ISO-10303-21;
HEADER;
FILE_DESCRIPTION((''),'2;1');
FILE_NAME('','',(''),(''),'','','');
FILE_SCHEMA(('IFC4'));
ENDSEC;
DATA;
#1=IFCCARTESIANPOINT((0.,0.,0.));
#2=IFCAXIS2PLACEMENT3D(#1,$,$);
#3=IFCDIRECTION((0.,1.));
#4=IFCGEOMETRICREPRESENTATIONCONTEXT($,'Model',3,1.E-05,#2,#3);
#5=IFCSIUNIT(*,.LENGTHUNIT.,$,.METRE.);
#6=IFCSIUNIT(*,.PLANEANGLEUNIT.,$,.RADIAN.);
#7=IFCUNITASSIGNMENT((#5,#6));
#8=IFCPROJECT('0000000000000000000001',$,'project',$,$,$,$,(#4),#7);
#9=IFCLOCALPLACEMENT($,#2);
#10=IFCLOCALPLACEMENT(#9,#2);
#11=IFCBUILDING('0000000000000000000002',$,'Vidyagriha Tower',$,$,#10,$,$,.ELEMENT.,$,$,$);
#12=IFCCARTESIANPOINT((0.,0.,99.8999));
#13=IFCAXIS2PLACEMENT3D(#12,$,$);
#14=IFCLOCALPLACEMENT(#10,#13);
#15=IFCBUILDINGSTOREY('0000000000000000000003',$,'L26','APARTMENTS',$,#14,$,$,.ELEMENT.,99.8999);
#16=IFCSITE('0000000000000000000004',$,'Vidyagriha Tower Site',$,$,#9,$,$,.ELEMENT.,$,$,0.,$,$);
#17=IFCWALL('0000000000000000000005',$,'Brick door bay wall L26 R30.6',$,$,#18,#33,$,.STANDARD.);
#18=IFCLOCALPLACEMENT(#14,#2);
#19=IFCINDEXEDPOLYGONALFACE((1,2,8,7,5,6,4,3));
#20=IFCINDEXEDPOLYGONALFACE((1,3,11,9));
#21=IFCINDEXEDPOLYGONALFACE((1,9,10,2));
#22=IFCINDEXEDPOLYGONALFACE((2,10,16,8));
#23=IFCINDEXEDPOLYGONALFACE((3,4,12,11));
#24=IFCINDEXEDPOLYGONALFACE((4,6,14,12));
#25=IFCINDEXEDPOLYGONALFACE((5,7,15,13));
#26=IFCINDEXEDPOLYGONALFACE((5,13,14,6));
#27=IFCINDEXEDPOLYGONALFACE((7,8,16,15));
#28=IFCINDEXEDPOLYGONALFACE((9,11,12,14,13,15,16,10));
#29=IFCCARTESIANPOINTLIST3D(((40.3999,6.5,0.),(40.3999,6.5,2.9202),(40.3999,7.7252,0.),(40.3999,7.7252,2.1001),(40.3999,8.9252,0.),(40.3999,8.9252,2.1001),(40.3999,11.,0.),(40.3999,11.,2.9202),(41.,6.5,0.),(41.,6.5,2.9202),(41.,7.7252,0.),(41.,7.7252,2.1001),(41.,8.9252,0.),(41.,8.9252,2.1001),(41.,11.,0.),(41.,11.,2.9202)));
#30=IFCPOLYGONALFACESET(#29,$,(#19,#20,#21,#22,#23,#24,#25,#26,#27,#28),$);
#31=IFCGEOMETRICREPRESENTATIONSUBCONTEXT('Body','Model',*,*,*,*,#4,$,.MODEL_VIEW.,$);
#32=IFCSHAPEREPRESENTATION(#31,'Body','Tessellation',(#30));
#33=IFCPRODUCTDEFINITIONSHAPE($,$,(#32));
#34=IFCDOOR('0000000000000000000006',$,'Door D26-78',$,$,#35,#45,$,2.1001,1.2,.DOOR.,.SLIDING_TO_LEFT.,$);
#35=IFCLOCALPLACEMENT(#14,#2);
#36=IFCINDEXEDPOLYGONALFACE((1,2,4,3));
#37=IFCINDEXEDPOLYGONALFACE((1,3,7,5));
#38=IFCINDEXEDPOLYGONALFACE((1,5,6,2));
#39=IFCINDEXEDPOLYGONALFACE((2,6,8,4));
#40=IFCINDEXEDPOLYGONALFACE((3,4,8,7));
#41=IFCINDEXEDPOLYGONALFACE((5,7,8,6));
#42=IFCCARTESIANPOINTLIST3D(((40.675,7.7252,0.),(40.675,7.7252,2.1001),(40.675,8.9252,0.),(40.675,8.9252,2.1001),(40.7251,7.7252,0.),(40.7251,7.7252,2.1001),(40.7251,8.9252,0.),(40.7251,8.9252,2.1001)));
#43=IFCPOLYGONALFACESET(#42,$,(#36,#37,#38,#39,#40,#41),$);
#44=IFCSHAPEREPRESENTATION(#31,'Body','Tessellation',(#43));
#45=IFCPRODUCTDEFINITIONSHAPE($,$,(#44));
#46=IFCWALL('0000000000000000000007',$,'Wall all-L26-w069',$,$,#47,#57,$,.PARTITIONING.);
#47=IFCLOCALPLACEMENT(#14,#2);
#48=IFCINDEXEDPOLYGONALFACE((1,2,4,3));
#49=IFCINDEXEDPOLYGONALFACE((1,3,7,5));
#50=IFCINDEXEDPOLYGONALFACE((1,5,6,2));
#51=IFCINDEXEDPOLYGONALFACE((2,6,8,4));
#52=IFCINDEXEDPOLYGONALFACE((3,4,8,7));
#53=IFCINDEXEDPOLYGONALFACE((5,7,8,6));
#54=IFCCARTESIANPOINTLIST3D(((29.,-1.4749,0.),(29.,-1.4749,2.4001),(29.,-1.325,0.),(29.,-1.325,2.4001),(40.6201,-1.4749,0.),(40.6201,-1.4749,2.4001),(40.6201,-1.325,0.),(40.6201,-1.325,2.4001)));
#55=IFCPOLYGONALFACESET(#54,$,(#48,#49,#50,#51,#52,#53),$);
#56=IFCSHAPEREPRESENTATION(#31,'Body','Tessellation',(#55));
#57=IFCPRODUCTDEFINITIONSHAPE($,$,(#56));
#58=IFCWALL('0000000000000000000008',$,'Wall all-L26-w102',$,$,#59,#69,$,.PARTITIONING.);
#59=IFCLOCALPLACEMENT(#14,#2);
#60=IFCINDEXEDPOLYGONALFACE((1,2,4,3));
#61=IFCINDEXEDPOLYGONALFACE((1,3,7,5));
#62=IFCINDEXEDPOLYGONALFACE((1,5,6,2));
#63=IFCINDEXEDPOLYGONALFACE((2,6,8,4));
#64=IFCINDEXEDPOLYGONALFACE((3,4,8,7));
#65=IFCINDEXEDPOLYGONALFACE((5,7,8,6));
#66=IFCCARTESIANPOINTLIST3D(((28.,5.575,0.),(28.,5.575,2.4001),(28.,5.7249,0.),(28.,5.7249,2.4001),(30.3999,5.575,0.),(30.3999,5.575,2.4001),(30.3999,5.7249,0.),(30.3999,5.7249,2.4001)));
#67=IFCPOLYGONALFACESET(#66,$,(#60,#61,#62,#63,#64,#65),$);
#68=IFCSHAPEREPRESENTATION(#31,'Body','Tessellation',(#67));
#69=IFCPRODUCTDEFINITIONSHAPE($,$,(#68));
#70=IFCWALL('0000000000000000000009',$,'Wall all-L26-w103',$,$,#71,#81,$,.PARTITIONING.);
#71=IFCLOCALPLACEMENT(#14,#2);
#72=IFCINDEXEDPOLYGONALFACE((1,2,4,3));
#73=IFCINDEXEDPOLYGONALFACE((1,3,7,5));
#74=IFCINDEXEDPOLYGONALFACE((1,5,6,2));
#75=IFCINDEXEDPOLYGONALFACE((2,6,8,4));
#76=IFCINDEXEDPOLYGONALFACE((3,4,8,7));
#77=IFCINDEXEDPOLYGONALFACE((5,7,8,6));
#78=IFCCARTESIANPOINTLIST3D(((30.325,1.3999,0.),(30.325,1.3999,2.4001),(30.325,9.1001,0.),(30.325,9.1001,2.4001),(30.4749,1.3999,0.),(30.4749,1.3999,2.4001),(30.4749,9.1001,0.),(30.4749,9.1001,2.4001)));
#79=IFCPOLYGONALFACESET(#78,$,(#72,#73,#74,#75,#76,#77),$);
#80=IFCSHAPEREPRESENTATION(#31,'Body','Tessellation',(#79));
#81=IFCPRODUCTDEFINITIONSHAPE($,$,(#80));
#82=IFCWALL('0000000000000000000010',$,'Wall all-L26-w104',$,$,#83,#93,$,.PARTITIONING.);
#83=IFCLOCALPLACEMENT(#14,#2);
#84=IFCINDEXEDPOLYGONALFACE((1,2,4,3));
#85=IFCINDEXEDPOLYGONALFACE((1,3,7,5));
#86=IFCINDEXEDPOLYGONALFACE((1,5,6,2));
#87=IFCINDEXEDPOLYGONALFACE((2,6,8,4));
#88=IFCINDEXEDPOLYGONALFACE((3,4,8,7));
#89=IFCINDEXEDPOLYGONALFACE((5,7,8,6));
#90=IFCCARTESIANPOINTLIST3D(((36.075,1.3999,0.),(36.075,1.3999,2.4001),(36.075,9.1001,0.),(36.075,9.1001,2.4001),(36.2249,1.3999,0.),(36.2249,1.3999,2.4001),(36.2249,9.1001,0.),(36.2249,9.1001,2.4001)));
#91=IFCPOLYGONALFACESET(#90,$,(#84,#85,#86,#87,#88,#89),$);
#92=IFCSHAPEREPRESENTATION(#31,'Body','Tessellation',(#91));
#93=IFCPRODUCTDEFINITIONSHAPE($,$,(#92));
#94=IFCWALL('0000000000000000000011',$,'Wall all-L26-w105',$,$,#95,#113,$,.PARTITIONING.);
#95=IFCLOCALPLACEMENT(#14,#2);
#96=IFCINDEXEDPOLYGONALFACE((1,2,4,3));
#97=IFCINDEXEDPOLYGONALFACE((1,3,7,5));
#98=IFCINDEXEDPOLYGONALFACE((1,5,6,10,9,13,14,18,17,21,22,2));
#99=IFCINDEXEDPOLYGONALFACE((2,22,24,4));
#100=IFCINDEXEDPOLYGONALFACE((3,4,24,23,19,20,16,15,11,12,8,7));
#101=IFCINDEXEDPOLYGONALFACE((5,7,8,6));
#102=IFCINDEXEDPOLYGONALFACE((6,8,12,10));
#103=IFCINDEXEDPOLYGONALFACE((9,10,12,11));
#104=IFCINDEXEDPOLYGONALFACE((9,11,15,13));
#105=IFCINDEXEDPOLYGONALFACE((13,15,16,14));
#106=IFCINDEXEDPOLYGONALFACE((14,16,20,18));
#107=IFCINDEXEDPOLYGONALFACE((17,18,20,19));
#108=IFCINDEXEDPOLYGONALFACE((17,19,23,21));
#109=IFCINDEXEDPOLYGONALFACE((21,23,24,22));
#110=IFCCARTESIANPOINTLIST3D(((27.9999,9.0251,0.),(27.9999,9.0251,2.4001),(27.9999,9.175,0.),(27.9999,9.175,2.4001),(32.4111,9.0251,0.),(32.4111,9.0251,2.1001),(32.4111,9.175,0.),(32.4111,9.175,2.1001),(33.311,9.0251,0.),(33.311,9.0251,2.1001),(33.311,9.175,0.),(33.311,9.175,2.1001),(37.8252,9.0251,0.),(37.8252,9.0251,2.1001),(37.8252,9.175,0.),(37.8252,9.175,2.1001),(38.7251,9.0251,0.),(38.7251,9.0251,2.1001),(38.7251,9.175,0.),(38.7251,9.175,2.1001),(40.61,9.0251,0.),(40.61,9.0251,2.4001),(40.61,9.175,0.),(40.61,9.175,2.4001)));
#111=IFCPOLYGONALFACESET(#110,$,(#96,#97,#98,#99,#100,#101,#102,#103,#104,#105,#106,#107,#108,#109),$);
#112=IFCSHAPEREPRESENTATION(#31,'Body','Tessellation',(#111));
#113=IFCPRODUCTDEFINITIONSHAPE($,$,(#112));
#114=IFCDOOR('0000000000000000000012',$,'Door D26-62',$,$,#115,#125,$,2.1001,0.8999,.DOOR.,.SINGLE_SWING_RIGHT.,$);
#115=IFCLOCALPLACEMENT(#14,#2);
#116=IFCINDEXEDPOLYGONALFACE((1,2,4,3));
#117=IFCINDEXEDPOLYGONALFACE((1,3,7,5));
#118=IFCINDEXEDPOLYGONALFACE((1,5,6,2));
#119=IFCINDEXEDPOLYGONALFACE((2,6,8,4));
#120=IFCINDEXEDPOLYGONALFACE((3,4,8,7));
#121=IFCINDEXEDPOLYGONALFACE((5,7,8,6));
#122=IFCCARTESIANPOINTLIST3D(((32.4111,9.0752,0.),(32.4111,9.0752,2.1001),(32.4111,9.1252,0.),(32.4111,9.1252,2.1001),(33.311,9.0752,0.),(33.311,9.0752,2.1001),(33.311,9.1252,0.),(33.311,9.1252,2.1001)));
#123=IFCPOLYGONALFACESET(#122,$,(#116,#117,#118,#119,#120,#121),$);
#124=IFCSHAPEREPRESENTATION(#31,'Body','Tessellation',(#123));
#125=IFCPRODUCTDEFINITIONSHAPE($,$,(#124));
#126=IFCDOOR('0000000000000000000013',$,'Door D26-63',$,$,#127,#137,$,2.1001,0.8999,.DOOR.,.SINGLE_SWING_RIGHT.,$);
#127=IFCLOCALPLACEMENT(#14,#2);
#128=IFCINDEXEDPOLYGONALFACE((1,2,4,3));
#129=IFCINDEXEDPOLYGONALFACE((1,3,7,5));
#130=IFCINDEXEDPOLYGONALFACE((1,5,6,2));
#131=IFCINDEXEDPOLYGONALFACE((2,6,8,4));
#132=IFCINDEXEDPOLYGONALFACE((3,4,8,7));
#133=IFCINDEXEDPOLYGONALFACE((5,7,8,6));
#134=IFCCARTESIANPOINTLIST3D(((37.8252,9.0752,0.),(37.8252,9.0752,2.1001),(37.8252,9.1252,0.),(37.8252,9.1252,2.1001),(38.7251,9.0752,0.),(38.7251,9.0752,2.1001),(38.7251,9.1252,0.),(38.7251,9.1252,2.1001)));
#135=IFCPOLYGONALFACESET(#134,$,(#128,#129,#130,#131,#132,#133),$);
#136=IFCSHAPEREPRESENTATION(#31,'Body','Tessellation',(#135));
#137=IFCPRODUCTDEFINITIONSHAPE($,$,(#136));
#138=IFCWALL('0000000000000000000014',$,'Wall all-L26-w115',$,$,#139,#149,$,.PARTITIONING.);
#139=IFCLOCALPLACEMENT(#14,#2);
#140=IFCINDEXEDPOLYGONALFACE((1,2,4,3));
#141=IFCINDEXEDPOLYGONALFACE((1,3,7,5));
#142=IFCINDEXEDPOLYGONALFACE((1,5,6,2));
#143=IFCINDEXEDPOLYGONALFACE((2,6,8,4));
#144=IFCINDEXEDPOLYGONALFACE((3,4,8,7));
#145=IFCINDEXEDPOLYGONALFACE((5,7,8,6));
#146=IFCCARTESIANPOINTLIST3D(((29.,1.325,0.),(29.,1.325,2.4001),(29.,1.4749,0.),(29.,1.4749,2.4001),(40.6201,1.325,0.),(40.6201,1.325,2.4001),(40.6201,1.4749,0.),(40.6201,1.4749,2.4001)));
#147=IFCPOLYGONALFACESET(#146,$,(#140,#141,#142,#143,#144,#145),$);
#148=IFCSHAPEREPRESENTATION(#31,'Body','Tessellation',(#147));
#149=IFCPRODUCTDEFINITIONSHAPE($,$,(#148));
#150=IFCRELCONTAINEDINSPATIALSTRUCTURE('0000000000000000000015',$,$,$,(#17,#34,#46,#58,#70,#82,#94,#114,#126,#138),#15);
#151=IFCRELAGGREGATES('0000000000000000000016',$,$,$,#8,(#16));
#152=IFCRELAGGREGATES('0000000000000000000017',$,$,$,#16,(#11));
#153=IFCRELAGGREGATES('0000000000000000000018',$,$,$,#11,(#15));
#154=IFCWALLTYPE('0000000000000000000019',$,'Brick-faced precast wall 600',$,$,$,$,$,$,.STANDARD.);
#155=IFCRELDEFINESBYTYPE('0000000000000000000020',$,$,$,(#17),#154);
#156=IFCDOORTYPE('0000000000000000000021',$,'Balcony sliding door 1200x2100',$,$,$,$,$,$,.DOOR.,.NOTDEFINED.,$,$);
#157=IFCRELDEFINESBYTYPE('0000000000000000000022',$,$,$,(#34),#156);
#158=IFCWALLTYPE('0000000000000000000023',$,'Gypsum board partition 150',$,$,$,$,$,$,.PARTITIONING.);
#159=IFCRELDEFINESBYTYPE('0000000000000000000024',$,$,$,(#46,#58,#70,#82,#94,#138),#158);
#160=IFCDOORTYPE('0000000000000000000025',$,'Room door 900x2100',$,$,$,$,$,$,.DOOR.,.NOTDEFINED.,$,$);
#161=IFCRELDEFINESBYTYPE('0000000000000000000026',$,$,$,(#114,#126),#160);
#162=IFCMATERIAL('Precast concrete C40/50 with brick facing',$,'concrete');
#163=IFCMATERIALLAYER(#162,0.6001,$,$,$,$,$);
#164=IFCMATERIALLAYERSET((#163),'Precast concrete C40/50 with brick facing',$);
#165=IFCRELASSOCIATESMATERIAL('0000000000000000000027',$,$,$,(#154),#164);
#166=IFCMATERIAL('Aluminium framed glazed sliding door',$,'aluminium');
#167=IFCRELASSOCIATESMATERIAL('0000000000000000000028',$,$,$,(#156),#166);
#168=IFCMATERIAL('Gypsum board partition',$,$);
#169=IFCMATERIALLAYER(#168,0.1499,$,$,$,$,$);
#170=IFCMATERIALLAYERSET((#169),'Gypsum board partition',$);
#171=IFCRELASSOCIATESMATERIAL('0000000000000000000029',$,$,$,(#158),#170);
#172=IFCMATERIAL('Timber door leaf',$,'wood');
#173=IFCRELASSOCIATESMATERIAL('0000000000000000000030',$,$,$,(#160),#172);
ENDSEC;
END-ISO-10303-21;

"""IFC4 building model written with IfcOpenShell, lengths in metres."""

from ifc_helpers import new_model, si_unit, direction, frame, frame_2d, origin, place, context, subcontext, project, spatial, rectangle, extrude, material, layer, layer_set, type_object, element, fill, save


model = new_model("IFC4")

# Units and contexts
model_context = context("Model", 3, precision=1e-05, world=origin(), true_north=direction((0.0, 1.0)))
body_context = subcontext(model_context, "Body", "Model", "MODEL_VIEW")
ifc_project = project(units=[si_unit("LENGTHUNIT", "METRE"), si_unit("PLANEANGLEUNIT", "RADIAN")], contexts=[model_context])

# Site, building, storey
site_placement = place(None, origin())
site = spatial("IfcSite", under=ifc_project, at=site_placement, Name="Vidyagriha Tower Site", CompositionType="ELEMENT", RefElevation=0.0)
building_placement = place(site_placement, origin())
building = spatial("IfcBuilding", under=site, at=building_placement, Name="Vidyagriha Tower", CompositionType="ELEMENT")
storey_placement = place(building_placement, frame((0.0, 0.0, 99.8999)))
storey = spatial("IfcBuildingStorey", under=building, at=storey_placement, Name="L26", Description="APARTMENTS", CompositionType="ELEMENT", Elevation=99.8999)

# Wall, opening, door
ifc_material_1 = material(Name="Precast concrete C40/50 with brick facing", Category="concrete")
ifc_layer_1 = layer(ifc_material_1, 0.6001)
ifc_layer_set_1 = layer_set([ifc_layer_1], Name="Precast concrete C40/50 with brick facing")
wall_type_1 = type_object("IfcWallType", Name="Brick-faced precast wall 600", PredefinedType="STANDARD", material=ifc_layer_set_1)
wall_1_placement = place(storey_placement, frame((40.7, 6.5, 0.0), z_axis=(0.0, 0.0, 1.0), x_axis=(0.0, 1.0, 0.0)))
wall_1 = element("IfcWall", 1, at=wall_1_placement, inside=storey, type_object=wall_type_1, Name="Brick door bay wall L26 R30.6", PredefinedType="STANDARD", context=body_context, shape_type="SweptSolid", body=[
    extrude(rectangle(XDim=4.5, YDim=0.6001, at=frame_2d((2.25, 0.0))), origin(), (0.0, 0.0, 1.0), 2.9202),
])
opening_1_placement = place(wall_1_placement, frame((1.2251, 0.0, 0.0)))
opening_1 = element("IfcOpeningElement", 2, at=opening_1_placement, cuts=wall_1, PredefinedType="OPENING", context=body_context, shape_type="SweptSolid", body=[
    extrude(rectangle(XDim=1.2, YDim=2.1001, at=frame_2d((0.6001, 1.05))), frame((0.0, 0.3101, 0.0), z_axis=(0.0, -1.0, 0.0), x_axis=(1.0, 0.0, 0.0)), (0.0, 0.0, 1.0), 0.6201),
])
ifc_material_2 = material(Name="Aluminium framed glazed sliding door", Category="aluminium")
door_type_1 = type_object("IfcDoorType", Name="Balcony sliding door 1200x2100", OperationType="NOTDEFINED", PredefinedType="DOOR", material=ifc_material_2)
door_1_placement = place(opening_1_placement, origin())
door_1 = element("IfcDoor", 3, at=door_1_placement, inside=storey, type_object=door_type_1, Name="Door D26-78", OperationType="SLIDING_TO_LEFT", OverallHeight=2.1001, OverallWidth=1.2, PredefinedType="DOOR", context=body_context, shape_type="SweptSolid", body=[
    extrude(rectangle(XDim=1.2, YDim=2.1001, at=frame_2d((0.6001, 1.05))), frame((0.0, 0.0249, 0.0), z_axis=(0.0, -1.0, 0.0), x_axis=(1.0, 0.0, 0.0)), (0.0, 0.0, 1.0), 0.05),
])
fill(opening_1, door_1)

# Walls
ifc_material_3 = material(Name="Gypsum board partition")
ifc_layer_2 = layer(ifc_material_3, 0.1499)
ifc_layer_set_2 = layer_set([ifc_layer_2], Name="Gypsum board partition")
wall_type_2 = type_object("IfcWallType", Name="Gypsum board partition 150", PredefinedType="PARTITIONING", material=ifc_layer_set_2)
wall_2_placement = place(storey_placement, frame((40.6201, -1.3999, 0.0), z_axis=(0.0, 0.0, 1.0), x_axis=(-1.0, 0.0, 0.0)))
element("IfcWall", 4, at=wall_2_placement, inside=storey, type_object=wall_type_2, Name="Wall all-L26-w069", PredefinedType="PARTITIONING", context=body_context, shape_type="SweptSolid", body=[
    extrude(rectangle(XDim=11.6201, YDim=0.1499, at=frame_2d((5.8101, 0.0))), origin(), (0.0, 0.0, 1.0), 2.4001),
])
wall_3_placement = place(storey_placement, frame((28.0, 5.6499, 0.0)))
element("IfcWall", 5, at=wall_3_placement, inside=storey, type_object=wall_type_2, Name="Wall all-L26-w102", PredefinedType="PARTITIONING", context=body_context, shape_type="SweptSolid", body=[
    extrude(rectangle(XDim=2.3999, YDim=0.1499, at=frame_2d((1.2, 0.0))), origin(), (0.0, 0.0, 1.0), 2.4001),
])
for number, where, z_axis, x_axis, name in (
    (6, (30.3999, 9.1001, 0.0), (0.0, 0.0, 1.0), (0.0, -1.0, 0.0), "Wall all-L26-w103"),
    (7, (36.1499, 9.1001, 0.0), (0.0, 0.0, 1.0), (0.0, -1.0, 0.0), "Wall all-L26-w104"),
):
    element("IfcWall", number, at=place(storey_placement, frame(where, z_axis=z_axis, x_axis=x_axis)), inside=storey, type_object=wall_type_2, Name=name, PredefinedType="PARTITIONING", context=body_context, shape_type="SweptSolid", body=[
        extrude(rectangle(XDim=7.7002, YDim=0.1499, at=frame_2d((3.8501, 0.0))), origin(), (0.0, 0.0, 1.0), 2.4001),
    ])

# Wall, openings, doors
wall_4_placement = place(storey_placement, frame((40.6101, 9.1001, 0.0), z_axis=(0.0, 0.0, 1.0), x_axis=(-1.0, 0.0, 0.0)))
wall_4 = element("IfcWall", 8, at=wall_4_placement, inside=storey, type_object=wall_type_2, Name="Wall all-L26-w105", PredefinedType="PARTITIONING", context=body_context, shape_type="SweptSolid", body=[
    extrude(rectangle(XDim=12.6101, YDim=0.1499, at=frame_2d((6.3052, 0.0))), origin(), (0.0, 0.0, 1.0), 2.4001),
])
opening_2_placement = place(wall_4_placement, frame((7.2991, 0.0, 0.0)))
opening_2 = element("IfcOpeningElement", 9, at=opening_2_placement, cuts=wall_4, PredefinedType="OPENING", context=body_context, shape_type="SweptSolid", body=[
    extrude(rectangle(XDim=0.8999, YDim=2.1001, at=frame_2d((0.45, 1.05))), frame((0.0, 0.085, 0.0), z_axis=(0.0, -1.0, 0.0), x_axis=(1.0, 0.0, 0.0)), (0.0, 0.0, 1.0), 0.1699),
])
opening_3_placement = place(wall_4_placement, frame((1.885, 0.0, 0.0)))
opening_3 = element("IfcOpeningElement", 10, at=opening_3_placement, cuts=wall_4, PredefinedType="OPENING", context=body_context, shape_type="SweptSolid", body=[
    extrude(rectangle(XDim=0.8999, YDim=2.1001, at=frame_2d((0.45, 1.05))), frame((0.0, 0.085, 0.0), z_axis=(0.0, -1.0, 0.0), x_axis=(1.0, 0.0, 0.0)), (0.0, 0.0, 1.0), 0.1699),
])
ifc_material_4 = material(Name="Timber door leaf", Category="wood")
door_type_2 = type_object("IfcDoorType", Name="Room door 900x2100", OperationType="NOTDEFINED", PredefinedType="DOOR", material=ifc_material_4)
door_2_placement = place(opening_2_placement, origin())
door_2 = element("IfcDoor", 11, at=door_2_placement, inside=storey, type_object=door_type_2, Name="Door D26-62", OperationType="SINGLE_SWING_RIGHT", OverallHeight=2.1001, OverallWidth=0.8999, PredefinedType="DOOR", context=body_context, shape_type="SweptSolid", body=[
    extrude(rectangle(XDim=0.8999, YDim=2.1001, at=frame_2d((0.45, 1.05))), frame((0.0, 0.0249, 0.0), z_axis=(0.0, -1.0, 0.0), x_axis=(1.0, 0.0, 0.0)), (0.0, 0.0, 1.0), 0.05),
])
fill(opening_2, door_2)
door_3_placement = place(opening_3_placement, origin())
door_3 = element("IfcDoor", 12, at=door_3_placement, inside=storey, type_object=door_type_2, Name="Door D26-63", OperationType="SINGLE_SWING_RIGHT", OverallHeight=2.1001, OverallWidth=0.8999, PredefinedType="DOOR", context=body_context, shape_type="SweptSolid", body=[
    extrude(rectangle(XDim=0.8999, YDim=2.1001, at=frame_2d((0.45, 1.05))), frame((0.0, 0.0249, 0.0), z_axis=(0.0, -1.0, 0.0), x_axis=(1.0, 0.0, 0.0)), (0.0, 0.0, 1.0), 0.05),
])
fill(opening_3, door_3)

# Wall
wall_5_placement = place(storey_placement, frame((29.0, 1.3999, 0.0)))
element("IfcWall", 13, at=wall_5_placement, inside=storey, type_object=wall_type_2, Name="Wall all-L26-w115", PredefinedType="PARTITIONING", context=body_context, shape_type="SweptSolid", body=[
    extrude(rectangle(XDim=11.6201, YDim=0.1499, at=frame_2d((5.8101, 0.0))), origin(), (0.0, 0.0, 1.0), 2.4001),
])

save(model, "model.ifc")
